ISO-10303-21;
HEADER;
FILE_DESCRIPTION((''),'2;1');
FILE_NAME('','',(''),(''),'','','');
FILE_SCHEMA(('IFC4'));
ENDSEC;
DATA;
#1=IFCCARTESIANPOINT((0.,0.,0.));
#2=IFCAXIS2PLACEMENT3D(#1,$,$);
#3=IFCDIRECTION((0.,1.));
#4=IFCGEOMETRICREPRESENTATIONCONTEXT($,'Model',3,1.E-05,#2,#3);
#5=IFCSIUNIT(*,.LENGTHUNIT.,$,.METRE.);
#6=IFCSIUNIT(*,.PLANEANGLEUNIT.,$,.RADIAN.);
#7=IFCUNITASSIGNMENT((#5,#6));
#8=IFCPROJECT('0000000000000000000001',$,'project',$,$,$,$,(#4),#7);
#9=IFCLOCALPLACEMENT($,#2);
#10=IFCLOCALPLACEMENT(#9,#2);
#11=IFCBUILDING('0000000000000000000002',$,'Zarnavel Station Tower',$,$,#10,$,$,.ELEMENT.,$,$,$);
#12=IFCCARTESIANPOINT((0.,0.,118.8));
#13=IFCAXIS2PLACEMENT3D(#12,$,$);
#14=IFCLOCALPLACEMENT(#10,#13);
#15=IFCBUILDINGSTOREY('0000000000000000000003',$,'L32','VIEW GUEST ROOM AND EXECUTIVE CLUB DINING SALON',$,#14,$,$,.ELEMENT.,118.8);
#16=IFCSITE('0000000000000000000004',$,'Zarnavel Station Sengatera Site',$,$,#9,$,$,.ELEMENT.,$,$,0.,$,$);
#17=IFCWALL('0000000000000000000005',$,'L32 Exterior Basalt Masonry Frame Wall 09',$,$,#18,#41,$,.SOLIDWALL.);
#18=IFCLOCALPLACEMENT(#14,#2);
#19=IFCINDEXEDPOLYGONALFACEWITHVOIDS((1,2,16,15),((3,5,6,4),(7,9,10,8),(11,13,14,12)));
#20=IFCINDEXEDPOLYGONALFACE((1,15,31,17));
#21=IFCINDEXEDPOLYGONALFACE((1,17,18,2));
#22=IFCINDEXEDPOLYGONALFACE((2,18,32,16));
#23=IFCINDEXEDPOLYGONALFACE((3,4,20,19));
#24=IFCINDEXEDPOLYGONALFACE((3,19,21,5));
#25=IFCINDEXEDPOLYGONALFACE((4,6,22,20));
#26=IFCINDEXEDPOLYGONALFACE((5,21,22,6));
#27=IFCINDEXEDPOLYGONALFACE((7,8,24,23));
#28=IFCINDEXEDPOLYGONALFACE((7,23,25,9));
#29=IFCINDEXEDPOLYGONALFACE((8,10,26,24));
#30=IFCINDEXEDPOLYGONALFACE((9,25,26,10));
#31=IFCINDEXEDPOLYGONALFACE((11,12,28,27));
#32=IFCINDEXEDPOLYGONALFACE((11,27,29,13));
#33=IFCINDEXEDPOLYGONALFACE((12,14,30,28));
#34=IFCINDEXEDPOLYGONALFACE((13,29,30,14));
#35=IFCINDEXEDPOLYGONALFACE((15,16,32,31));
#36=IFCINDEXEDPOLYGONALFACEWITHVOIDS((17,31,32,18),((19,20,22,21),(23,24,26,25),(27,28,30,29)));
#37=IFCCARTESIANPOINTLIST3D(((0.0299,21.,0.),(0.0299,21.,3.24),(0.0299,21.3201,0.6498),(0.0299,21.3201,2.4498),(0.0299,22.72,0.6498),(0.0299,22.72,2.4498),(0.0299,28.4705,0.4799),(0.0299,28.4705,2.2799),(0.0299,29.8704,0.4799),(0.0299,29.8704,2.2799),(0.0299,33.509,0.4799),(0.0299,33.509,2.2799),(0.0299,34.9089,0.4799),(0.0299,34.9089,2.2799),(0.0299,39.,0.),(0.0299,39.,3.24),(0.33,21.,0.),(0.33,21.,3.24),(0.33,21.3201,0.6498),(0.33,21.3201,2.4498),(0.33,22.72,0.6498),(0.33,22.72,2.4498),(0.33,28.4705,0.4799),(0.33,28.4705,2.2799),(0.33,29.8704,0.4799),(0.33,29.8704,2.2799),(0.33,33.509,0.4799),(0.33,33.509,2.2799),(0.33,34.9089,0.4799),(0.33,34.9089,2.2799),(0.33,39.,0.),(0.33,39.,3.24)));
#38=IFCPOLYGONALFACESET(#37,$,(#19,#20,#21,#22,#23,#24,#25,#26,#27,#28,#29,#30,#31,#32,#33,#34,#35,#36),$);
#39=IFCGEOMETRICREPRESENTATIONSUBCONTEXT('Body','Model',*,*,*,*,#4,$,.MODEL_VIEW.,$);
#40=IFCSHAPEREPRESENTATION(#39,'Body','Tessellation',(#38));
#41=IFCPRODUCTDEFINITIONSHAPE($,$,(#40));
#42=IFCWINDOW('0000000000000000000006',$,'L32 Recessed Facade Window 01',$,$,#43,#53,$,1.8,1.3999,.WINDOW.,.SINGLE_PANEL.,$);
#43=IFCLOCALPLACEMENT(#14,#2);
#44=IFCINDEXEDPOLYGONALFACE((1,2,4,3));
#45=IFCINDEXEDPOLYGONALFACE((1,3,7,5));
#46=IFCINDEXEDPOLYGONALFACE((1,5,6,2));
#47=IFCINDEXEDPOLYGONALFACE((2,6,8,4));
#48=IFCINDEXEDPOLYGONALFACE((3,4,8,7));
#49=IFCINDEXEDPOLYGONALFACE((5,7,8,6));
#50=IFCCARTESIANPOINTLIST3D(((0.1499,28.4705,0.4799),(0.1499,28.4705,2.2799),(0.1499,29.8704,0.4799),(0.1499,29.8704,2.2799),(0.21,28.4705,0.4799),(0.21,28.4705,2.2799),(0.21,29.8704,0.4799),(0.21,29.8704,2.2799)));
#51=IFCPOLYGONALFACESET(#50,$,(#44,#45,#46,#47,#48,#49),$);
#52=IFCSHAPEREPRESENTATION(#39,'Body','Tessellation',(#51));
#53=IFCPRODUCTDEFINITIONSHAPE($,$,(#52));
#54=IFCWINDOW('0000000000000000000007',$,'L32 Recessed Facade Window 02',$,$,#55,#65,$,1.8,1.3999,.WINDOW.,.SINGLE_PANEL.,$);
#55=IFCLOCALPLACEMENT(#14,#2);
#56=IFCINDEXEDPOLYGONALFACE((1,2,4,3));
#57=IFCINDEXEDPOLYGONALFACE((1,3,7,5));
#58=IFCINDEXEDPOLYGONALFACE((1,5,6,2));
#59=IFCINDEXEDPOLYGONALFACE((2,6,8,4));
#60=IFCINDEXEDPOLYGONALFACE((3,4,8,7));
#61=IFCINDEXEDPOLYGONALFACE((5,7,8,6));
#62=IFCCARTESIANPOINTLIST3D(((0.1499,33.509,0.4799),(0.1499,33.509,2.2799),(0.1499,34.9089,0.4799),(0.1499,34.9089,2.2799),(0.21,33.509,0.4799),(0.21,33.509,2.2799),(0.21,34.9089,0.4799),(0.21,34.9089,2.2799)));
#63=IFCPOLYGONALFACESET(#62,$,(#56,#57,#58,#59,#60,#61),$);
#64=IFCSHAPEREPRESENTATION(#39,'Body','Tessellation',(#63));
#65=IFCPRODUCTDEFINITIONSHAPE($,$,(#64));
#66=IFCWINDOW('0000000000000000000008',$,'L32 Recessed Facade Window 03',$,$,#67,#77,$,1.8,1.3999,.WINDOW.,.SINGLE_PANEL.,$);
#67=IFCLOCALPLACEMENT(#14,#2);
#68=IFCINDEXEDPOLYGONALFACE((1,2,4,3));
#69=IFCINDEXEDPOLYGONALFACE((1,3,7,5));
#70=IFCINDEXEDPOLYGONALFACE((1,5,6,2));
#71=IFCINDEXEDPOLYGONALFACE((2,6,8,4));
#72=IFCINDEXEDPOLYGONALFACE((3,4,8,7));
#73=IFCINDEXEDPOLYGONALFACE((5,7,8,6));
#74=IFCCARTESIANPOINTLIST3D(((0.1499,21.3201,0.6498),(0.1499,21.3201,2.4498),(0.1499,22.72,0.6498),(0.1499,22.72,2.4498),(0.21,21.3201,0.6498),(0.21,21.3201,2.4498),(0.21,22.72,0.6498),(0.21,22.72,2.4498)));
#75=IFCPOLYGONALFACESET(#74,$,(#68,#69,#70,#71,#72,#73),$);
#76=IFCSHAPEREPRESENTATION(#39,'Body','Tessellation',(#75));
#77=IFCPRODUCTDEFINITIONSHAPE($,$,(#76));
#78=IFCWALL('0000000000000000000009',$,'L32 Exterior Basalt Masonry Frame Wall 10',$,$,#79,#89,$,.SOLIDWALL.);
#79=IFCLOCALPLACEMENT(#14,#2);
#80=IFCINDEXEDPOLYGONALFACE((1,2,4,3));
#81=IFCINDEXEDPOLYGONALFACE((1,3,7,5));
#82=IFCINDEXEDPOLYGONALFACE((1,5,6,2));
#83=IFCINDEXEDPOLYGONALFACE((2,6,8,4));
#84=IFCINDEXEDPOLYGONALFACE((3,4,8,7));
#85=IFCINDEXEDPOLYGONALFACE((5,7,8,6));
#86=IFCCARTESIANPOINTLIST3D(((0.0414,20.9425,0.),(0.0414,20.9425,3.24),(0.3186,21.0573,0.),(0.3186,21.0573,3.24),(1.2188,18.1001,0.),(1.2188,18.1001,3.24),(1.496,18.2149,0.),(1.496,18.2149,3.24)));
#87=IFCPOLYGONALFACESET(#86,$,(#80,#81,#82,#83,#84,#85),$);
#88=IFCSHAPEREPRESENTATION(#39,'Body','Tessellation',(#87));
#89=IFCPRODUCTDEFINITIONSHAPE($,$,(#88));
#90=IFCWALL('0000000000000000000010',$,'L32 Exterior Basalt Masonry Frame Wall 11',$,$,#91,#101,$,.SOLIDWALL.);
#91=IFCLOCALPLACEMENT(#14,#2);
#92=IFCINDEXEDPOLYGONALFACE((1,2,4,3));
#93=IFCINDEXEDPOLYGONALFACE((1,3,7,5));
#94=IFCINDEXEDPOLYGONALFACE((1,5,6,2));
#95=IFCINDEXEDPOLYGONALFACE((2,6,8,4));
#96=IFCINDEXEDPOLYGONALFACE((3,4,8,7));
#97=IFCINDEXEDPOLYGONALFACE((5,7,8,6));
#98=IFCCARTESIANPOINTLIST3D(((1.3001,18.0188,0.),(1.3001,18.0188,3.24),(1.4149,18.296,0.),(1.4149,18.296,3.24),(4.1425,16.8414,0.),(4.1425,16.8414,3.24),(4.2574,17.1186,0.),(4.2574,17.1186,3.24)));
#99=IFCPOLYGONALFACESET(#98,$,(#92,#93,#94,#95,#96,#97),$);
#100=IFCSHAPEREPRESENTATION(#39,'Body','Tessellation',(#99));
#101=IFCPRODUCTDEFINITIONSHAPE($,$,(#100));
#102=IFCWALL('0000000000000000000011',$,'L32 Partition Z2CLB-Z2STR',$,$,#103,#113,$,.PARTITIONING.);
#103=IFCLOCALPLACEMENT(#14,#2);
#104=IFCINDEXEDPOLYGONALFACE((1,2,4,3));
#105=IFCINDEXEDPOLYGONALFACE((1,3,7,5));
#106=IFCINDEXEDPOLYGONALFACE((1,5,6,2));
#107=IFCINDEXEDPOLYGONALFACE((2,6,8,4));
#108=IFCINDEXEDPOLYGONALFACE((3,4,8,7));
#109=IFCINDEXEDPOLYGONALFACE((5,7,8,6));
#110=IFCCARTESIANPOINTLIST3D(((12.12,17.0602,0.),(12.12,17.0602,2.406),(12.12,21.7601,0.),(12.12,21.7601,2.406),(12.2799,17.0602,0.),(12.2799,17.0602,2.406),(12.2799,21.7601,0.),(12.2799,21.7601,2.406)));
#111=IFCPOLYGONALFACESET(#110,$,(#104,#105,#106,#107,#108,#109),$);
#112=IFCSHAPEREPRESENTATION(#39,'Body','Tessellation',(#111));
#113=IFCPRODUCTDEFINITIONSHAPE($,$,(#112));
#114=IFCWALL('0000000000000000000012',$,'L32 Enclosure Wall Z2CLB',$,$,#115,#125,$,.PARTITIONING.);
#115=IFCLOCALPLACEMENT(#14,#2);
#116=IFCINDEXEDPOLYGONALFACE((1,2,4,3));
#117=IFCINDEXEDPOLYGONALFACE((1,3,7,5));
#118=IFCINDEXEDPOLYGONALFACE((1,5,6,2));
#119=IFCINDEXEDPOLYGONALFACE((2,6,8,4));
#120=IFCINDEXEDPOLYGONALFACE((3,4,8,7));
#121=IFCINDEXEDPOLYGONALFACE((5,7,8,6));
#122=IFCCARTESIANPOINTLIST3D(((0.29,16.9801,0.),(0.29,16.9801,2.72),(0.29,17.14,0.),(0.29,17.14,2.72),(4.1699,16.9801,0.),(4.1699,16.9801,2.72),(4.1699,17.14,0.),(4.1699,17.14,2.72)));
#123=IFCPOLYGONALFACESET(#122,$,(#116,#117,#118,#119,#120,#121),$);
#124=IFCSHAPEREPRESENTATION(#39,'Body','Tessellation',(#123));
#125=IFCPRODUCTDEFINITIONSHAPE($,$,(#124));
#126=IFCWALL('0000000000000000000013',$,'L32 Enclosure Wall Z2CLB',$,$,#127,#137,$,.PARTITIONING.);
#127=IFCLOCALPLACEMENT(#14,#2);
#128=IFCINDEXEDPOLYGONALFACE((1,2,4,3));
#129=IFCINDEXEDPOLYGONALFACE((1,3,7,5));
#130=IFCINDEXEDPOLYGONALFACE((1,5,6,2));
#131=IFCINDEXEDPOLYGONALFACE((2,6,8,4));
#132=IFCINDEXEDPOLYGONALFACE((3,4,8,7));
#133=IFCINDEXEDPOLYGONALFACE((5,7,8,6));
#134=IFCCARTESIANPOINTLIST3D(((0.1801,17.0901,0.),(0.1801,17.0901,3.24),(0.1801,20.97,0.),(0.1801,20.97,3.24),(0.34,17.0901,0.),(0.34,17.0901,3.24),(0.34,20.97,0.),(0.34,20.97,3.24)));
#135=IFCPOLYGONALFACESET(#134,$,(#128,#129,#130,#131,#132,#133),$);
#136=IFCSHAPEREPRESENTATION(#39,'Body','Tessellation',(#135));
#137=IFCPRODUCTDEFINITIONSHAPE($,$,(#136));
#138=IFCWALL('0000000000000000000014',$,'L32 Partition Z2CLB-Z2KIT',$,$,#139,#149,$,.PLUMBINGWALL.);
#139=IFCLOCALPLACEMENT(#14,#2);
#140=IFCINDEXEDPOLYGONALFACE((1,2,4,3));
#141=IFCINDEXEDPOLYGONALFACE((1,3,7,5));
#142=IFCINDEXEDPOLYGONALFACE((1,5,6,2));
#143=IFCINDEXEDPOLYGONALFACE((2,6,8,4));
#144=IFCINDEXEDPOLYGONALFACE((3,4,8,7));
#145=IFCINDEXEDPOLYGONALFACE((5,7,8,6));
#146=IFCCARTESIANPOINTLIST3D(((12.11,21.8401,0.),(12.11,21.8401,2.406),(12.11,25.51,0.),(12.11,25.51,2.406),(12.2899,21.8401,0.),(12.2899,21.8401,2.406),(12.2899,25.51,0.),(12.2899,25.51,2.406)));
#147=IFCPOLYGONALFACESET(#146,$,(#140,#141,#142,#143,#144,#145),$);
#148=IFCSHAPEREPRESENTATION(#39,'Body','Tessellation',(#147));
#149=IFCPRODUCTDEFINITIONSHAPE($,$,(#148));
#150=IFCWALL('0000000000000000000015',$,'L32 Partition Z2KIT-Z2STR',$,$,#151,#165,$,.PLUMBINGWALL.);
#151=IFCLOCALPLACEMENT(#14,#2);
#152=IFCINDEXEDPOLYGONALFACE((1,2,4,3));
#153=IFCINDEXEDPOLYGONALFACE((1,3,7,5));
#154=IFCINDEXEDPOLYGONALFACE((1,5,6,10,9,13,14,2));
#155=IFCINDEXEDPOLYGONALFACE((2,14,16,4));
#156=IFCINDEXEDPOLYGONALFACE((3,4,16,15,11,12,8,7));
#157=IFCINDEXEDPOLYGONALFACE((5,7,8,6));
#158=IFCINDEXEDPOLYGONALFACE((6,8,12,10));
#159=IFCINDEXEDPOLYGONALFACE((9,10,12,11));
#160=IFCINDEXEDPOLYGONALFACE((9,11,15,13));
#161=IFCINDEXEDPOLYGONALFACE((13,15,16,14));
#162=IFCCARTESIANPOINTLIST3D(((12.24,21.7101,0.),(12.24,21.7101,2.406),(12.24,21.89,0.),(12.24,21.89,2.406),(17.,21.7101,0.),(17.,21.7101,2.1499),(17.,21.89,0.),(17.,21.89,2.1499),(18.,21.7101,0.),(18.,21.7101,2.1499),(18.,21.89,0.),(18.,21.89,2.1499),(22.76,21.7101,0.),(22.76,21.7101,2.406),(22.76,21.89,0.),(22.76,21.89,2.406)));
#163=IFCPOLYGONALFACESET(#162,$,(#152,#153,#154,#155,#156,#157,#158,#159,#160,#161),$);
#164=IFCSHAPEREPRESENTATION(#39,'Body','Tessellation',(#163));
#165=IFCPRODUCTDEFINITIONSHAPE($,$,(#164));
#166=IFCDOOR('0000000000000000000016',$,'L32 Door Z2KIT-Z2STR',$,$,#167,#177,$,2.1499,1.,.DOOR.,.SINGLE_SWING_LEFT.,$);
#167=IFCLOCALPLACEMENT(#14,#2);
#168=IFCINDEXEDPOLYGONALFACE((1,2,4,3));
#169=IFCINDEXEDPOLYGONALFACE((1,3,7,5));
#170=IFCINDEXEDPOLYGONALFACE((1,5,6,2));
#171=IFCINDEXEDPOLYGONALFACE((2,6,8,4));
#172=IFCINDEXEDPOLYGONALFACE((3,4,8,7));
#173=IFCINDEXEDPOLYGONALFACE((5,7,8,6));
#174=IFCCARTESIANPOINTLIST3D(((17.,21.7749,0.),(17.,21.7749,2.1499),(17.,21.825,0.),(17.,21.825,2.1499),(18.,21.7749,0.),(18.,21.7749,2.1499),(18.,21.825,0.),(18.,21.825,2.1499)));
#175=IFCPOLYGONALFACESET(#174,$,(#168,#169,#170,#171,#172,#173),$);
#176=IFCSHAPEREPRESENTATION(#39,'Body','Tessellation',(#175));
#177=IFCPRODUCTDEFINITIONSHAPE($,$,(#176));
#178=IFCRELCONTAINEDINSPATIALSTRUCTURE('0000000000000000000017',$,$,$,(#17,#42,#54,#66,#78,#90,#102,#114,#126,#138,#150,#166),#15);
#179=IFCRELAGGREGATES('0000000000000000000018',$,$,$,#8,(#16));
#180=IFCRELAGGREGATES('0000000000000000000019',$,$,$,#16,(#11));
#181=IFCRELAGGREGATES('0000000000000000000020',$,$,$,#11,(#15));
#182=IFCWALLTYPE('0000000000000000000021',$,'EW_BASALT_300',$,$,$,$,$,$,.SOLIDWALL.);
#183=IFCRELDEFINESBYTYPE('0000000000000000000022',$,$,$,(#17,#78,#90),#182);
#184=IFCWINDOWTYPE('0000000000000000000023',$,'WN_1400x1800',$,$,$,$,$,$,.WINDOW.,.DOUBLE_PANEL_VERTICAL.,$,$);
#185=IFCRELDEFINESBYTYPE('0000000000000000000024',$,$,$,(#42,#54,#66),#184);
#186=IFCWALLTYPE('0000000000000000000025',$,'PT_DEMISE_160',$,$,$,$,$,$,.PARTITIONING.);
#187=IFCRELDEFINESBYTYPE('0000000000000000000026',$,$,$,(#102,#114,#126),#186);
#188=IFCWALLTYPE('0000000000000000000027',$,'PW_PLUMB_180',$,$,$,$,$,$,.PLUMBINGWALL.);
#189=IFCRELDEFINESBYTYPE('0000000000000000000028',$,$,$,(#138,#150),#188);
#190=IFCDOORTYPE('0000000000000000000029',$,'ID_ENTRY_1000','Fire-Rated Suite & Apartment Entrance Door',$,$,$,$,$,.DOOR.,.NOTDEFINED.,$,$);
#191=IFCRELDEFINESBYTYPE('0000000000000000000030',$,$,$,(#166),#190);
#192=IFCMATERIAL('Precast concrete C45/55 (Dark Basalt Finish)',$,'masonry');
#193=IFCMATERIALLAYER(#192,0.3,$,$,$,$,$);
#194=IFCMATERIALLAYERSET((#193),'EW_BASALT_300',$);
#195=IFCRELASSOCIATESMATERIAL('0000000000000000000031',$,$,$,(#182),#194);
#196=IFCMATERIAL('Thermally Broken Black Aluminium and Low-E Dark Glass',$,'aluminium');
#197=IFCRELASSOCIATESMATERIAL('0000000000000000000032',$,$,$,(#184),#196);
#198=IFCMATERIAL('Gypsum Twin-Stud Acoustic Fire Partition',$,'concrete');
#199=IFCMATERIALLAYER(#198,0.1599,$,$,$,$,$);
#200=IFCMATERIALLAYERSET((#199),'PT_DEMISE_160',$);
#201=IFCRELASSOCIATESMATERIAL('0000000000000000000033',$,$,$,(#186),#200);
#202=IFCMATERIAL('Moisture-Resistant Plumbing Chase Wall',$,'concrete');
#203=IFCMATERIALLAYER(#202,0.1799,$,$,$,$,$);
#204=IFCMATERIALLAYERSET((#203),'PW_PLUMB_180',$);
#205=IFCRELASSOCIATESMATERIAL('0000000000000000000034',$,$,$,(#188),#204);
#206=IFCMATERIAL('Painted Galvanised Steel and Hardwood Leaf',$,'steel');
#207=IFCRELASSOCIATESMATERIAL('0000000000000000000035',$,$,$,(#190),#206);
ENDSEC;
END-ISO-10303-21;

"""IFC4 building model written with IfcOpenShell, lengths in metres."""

from ifc_helpers import new_model, si_unit, direction, frame, frame_2d, origin, place, context, subcontext, project, spatial, rectangle, extrude, material, layer, layer_set, type_object, element, fill, save


model = new_model("IFC4")

# Units and contexts
model_context = context("Model", 3, precision=1e-05, world=origin(), true_north=direction((0.0, 1.0)))
body_context = subcontext(model_context, "Body", "Model", "MODEL_VIEW")
ifc_project = project(units=[si_unit("LENGTHUNIT", "METRE"), si_unit("PLANEANGLEUNIT", "RADIAN")], contexts=[model_context])

# Site, building, storey
site_placement = place(None, origin())
site = spatial("IfcSite", under=ifc_project, at=site_placement, Name="Zarnavel Station Sengatera Site", CompositionType="ELEMENT", RefElevation=0.0)
building_placement = place(site_placement, origin())
building = spatial("IfcBuilding", under=site, at=building_placement, Name="Zarnavel Station Tower", CompositionType="ELEMENT")
storey_placement = place(building_placement, frame((0.0, 0.0, 118.8)))
storey = spatial("IfcBuildingStorey", under=building, at=storey_placement, Name="L32", Description="VIEW GUEST ROOM AND EXECUTIVE CLUB DINING SALON", CompositionType="ELEMENT", Elevation=118.8)

# Wall, openings, windows
ifc_material_1 = material(Name="Precast concrete C45/55 (Dark Basalt Finish)", Category="masonry")
ifc_layer_1 = layer(ifc_material_1, 0.3)
ifc_layer_set_1 = layer_set([ifc_layer_1], Name="EW_BASALT_300")
wall_type_1 = type_object("IfcWallType", Name="EW_BASALT_300", PredefinedType="SOLIDWALL", material=ifc_layer_set_1)
wall_1_placement = place(storey_placement, frame((0.1799, 21.0, 0.0), z_axis=(0.0, 0.0, 1.0), x_axis=(0.0, 1.0, 0.0)))
wall_1 = element("IfcWall", 1, at=wall_1_placement, inside=storey, type_object=wall_type_1, Name="L32 Exterior Basalt Masonry Frame Wall 09", PredefinedType="SOLIDWALL", context=body_context, shape_type="SweptSolid", body=[
    extrude(rectangle(XDim=18.0, YDim=0.3, at=frame_2d((9.0, 0.0))), origin(), (0.0, 0.0, 1.0), 3.24),
])
opening_1_placement = place(wall_1_placement, frame((7.4705, 0.0, 0.48)))
opening_1 = element("IfcOpeningElement", 2, at=opening_1_placement, cuts=wall_1, PredefinedType="OPENING", context=body_context, shape_type="SweptSolid", body=[
    extrude(rectangle(XDim=1.3999, YDim=1.8, at=frame_2d((0.7, 0.8999))), frame((0.0, 0.1599, 0.0), z_axis=(0.0, -1.0, 0.0), x_axis=(1.0, 0.0, 0.0)), (0.0, 0.0, 1.0), 0.3201),
])
opening_2_placement = place(wall_1_placement, frame((12.509, 0.0, 0.48)))
opening_2 = element("IfcOpeningElement", 3, at=opening_2_placement, cuts=wall_1, PredefinedType="OPENING", context=body_context, shape_type="SweptSolid", body=[
    extrude(rectangle(XDim=1.3999, YDim=1.8, at=frame_2d((0.7, 0.8999))), frame((0.0, 0.1599, 0.0), z_axis=(0.0, -1.0, 0.0), x_axis=(1.0, 0.0, 0.0)), (0.0, 0.0, 1.0), 0.3201),
])
opening_3_placement = place(wall_1_placement, frame((0.3201, 0.0, 0.6499)))
opening_3 = element("IfcOpeningElement", 4, at=opening_3_placement, cuts=wall_1, PredefinedType="OPENING", context=body_context, shape_type="SweptSolid", body=[
    extrude(rectangle(XDim=1.3999, YDim=1.8, at=frame_2d((0.7, 0.8999))), frame((0.0, 0.1599, 0.0), z_axis=(0.0, -1.0, 0.0), x_axis=(1.0, 0.0, 0.0)), (0.0, 0.0, 1.0), 0.3201),
])
ifc_material_2 = material(Name="Thermally Broken Black Aluminium and Low-E Dark Glass", Category="aluminium")
window_type = type_object("IfcWindowType", Name="WN_1400x1800", PartitioningType="DOUBLE_PANEL_VERTICAL", PredefinedType="WINDOW", material=ifc_material_2)
window_1_placement = place(opening_1_placement, origin())
window_1 = element("IfcWindow", 5, at=window_1_placement, inside=storey, type_object=window_type, Name="L32 Recessed Facade Window 01", OverallHeight=1.8, OverallWidth=1.3999, PartitioningType="SINGLE_PANEL", PredefinedType="WINDOW", context=body_context, shape_type="SweptSolid", body=[
    extrude(rectangle(XDim=1.3999, YDim=1.8, at=frame_2d((0.7, 0.8999))), frame((0.0, 0.03, 0.0), z_axis=(0.0, -1.0, 0.0), x_axis=(1.0, 0.0, 0.0)), (0.0, 0.0, 1.0), 0.0601),
])
fill(opening_1, window_1)
window_2_placement = place(opening_2_placement, origin())
window_2 = element("IfcWindow", 6, at=window_2_placement, inside=storey, type_object=window_type, Name="L32 Recessed Facade Window 02", OverallHeight=1.8, OverallWidth=1.3999, PartitioningType="SINGLE_PANEL", PredefinedType="WINDOW", context=body_context, shape_type="SweptSolid", body=[
    extrude(rectangle(XDim=1.3999, YDim=1.8, at=frame_2d((0.7, 0.8999))), frame((0.0, 0.03, 0.0), z_axis=(0.0, -1.0, 0.0), x_axis=(1.0, 0.0, 0.0)), (0.0, 0.0, 1.0), 0.0601),
])
fill(opening_2, window_2)
window_3_placement = place(opening_3_placement, origin())
window_3 = element("IfcWindow", 7, at=window_3_placement, inside=storey, type_object=window_type, Name="L32 Recessed Facade Window 03", OverallHeight=1.8, OverallWidth=1.3999, PartitioningType="SINGLE_PANEL", PredefinedType="WINDOW", context=body_context, shape_type="SweptSolid", body=[
    extrude(rectangle(XDim=1.3999, YDim=1.8, at=frame_2d((0.7, 0.8999))), frame((0.0, 0.03, 0.0), z_axis=(0.0, -1.0, 0.0), x_axis=(1.0, 0.0, 0.0)), (0.0, 0.0, 1.0), 0.0601),
])
fill(opening_3, window_3)

# Walls
for number, where, z_axis, x_axis, name in (
    (8, (1.3574, 18.1575, 0.0), (0.0, 0.0, 1.0), (-0.382705, 0.923871, 0.0), "L32 Exterior Basalt Masonry Frame Wall 10"),
    (9, (4.2, 16.98, 0.0), (0.0, 0.0, 1.0), (-0.923871, 0.382705, 0.0), "L32 Exterior Basalt Masonry Frame Wall 11"),
):
    element("IfcWall", number, at=place(storey_placement, frame(where, z_axis=z_axis, x_axis=x_axis)), inside=storey, type_object=wall_type_1, Name=name, PredefinedType="SOLIDWALL", context=body_context, shape_type="SweptSolid", body=[
        extrude(rectangle(XDim=3.0767, YDim=0.3, at=frame_2d((1.5383, 0.0))), origin(), (0.0, 0.0, 1.0), 3.24),
    ])
ifc_material_3 = material(Name="Gypsum Twin-Stud Acoustic Fire Partition", Category="concrete")
ifc_layer_2 = layer(ifc_material_3, 0.1599)
ifc_layer_set_2 = layer_set([ifc_layer_2], Name="PT_DEMISE_160")
wall_type_2 = type_object("IfcWallType", Name="PT_DEMISE_160", PredefinedType="PARTITIONING", material=ifc_layer_set_2)
wall_2_placement = place(storey_placement, frame((12.2, 17.0601, 0.0), z_axis=(0.0, 0.0, 1.0), x_axis=(0.0, 1.0, 0.0)))
element("IfcWall", 10, at=wall_2_placement, inside=storey, type_object=wall_type_2, Name="L32 Partition Z2CLB-Z2STR", PredefinedType="PARTITIONING", context=body_context, shape_type="SweptSolid", body=[
    extrude(rectangle(XDim=4.7, YDim=0.1599, at=frame_2d((2.3501, 0.0))), origin(), (0.0, 0.0, 1.0), 2.406),
])
wall_3_placement = place(storey_placement, frame((0.29, 17.0601, 0.0), z_axis=(0.0, 0.0, 1.0), x_axis=(1.0, 0.0, 0.0)))
element("IfcWall", 11, at=wall_3_placement, inside=storey, type_object=wall_type_2, Name="L32 Enclosure Wall Z2CLB", PredefinedType="PARTITIONING", context=body_context, shape_type="SweptSolid", body=[
    extrude(rectangle(XDim=3.8799, YDim=0.1599, at=frame_2d((1.9399, 0.0))), origin(), (0.0, 0.0, 1.0), 2.72),
])
wall_4_placement = place(storey_placement, frame((0.26, 17.0901, 0.0), z_axis=(0.0, 0.0, 1.0), x_axis=(0.0, 1.0, 0.0)))
element("IfcWall", 12, at=wall_4_placement, inside=storey, type_object=wall_type_2, Name="L32 Enclosure Wall Z2CLB", PredefinedType="PARTITIONING", context=body_context, shape_type="SweptSolid", body=[
    extrude(rectangle(XDim=3.8799, YDim=0.1599, at=frame_2d((1.9399, 0.0))), origin(), (0.0, 0.0, 1.0), 3.24),
])
ifc_material_4 = material(Name="Moisture-Resistant Plumbing Chase Wall", Category="concrete")
ifc_layer_3 = layer(ifc_material_4, 0.1799)
ifc_layer_set_3 = layer_set([ifc_layer_3], Name="PW_PLUMB_180")
wall_type_3 = type_object("IfcWallType", Name="PW_PLUMB_180", PredefinedType="PLUMBINGWALL", material=ifc_layer_set_3)
wall_5_placement = place(storey_placement, frame((12.2, 21.8401, 0.0), z_axis=(0.0, 0.0, 1.0), x_axis=(0.0, 1.0, 0.0)))
element("IfcWall", 13, at=wall_5_placement, inside=storey, type_object=wall_type_3, Name="L32 Partition Z2CLB-Z2KIT", PredefinedType="PLUMBINGWALL", context=body_context, shape_type="SweptSolid", body=[
    extrude(rectangle(XDim=3.6699, YDim=0.1799, at=frame_2d((1.835, 0.0))), origin(), (0.0, 0.0, 1.0), 2.406),
])

# Wall, opening, door
wall_6_placement = place(storey_placement, frame((12.24, 21.8, 0.0), z_axis=(0.0, 0.0, 1.0), x_axis=(1.0, 0.0, 0.0)))
wall_6 = element("IfcWall", 14, at=wall_6_placement, inside=storey, type_object=wall_type_3, Name="L32 Partition Z2KIT-Z2STR", PredefinedType="PLUMBINGWALL", context=body_context, shape_type="SweptSolid", body=[
    extrude(rectangle(XDim=10.52, YDim=0.1799, at=frame_2d((5.26, 0.0))), origin(), (0.0, 0.0, 1.0), 2.406),
])
opening_4_placement = place(wall_6_placement, frame((4.76, 0.0, 0.0)))
opening_4 = element("IfcOpeningElement", 15, at=opening_4_placement, cuts=wall_6, PredefinedType="OPENING", context=body_context, shape_type="SweptSolid", body=[
    extrude(rectangle(XDim=1.0, YDim=2.1499, at=frame_2d((0.5, 1.075))), frame((0.0, 0.0999, 0.0), z_axis=(0.0, -1.0, 0.0), x_axis=(1.0, 0.0, 0.0)), (0.0, 0.0, 1.0), 0.2),
])
ifc_material_5 = material(Name="Painted Galvanised Steel and Hardwood Leaf", Category="steel")
door_type = type_object("IfcDoorType", Name="ID_ENTRY_1000", Description="Fire-Rated Suite & Apartment Entrance Door", OperationType="NOTDEFINED", PredefinedType="DOOR", material=ifc_material_5)
door_placement = place(opening_4_placement, origin())
door = element("IfcDoor", 16, at=door_placement, inside=storey, type_object=door_type, Name="L32 Door Z2KIT-Z2STR", OperationType="SINGLE_SWING_LEFT", OverallHeight=2.1499, OverallWidth=1.0, PredefinedType="DOOR", context=body_context, shape_type="SweptSolid", body=[
    extrude(rectangle(XDim=1.0, YDim=2.1499, at=frame_2d((0.5, 1.075))), frame((0.0, 0.0249, 0.0), z_axis=(0.0, -1.0, 0.0), x_axis=(1.0, 0.0, 0.0)), (0.0, 0.0, 1.0), 0.05),
])
fill(opening_4, door)

save(model, "model.ifc")
